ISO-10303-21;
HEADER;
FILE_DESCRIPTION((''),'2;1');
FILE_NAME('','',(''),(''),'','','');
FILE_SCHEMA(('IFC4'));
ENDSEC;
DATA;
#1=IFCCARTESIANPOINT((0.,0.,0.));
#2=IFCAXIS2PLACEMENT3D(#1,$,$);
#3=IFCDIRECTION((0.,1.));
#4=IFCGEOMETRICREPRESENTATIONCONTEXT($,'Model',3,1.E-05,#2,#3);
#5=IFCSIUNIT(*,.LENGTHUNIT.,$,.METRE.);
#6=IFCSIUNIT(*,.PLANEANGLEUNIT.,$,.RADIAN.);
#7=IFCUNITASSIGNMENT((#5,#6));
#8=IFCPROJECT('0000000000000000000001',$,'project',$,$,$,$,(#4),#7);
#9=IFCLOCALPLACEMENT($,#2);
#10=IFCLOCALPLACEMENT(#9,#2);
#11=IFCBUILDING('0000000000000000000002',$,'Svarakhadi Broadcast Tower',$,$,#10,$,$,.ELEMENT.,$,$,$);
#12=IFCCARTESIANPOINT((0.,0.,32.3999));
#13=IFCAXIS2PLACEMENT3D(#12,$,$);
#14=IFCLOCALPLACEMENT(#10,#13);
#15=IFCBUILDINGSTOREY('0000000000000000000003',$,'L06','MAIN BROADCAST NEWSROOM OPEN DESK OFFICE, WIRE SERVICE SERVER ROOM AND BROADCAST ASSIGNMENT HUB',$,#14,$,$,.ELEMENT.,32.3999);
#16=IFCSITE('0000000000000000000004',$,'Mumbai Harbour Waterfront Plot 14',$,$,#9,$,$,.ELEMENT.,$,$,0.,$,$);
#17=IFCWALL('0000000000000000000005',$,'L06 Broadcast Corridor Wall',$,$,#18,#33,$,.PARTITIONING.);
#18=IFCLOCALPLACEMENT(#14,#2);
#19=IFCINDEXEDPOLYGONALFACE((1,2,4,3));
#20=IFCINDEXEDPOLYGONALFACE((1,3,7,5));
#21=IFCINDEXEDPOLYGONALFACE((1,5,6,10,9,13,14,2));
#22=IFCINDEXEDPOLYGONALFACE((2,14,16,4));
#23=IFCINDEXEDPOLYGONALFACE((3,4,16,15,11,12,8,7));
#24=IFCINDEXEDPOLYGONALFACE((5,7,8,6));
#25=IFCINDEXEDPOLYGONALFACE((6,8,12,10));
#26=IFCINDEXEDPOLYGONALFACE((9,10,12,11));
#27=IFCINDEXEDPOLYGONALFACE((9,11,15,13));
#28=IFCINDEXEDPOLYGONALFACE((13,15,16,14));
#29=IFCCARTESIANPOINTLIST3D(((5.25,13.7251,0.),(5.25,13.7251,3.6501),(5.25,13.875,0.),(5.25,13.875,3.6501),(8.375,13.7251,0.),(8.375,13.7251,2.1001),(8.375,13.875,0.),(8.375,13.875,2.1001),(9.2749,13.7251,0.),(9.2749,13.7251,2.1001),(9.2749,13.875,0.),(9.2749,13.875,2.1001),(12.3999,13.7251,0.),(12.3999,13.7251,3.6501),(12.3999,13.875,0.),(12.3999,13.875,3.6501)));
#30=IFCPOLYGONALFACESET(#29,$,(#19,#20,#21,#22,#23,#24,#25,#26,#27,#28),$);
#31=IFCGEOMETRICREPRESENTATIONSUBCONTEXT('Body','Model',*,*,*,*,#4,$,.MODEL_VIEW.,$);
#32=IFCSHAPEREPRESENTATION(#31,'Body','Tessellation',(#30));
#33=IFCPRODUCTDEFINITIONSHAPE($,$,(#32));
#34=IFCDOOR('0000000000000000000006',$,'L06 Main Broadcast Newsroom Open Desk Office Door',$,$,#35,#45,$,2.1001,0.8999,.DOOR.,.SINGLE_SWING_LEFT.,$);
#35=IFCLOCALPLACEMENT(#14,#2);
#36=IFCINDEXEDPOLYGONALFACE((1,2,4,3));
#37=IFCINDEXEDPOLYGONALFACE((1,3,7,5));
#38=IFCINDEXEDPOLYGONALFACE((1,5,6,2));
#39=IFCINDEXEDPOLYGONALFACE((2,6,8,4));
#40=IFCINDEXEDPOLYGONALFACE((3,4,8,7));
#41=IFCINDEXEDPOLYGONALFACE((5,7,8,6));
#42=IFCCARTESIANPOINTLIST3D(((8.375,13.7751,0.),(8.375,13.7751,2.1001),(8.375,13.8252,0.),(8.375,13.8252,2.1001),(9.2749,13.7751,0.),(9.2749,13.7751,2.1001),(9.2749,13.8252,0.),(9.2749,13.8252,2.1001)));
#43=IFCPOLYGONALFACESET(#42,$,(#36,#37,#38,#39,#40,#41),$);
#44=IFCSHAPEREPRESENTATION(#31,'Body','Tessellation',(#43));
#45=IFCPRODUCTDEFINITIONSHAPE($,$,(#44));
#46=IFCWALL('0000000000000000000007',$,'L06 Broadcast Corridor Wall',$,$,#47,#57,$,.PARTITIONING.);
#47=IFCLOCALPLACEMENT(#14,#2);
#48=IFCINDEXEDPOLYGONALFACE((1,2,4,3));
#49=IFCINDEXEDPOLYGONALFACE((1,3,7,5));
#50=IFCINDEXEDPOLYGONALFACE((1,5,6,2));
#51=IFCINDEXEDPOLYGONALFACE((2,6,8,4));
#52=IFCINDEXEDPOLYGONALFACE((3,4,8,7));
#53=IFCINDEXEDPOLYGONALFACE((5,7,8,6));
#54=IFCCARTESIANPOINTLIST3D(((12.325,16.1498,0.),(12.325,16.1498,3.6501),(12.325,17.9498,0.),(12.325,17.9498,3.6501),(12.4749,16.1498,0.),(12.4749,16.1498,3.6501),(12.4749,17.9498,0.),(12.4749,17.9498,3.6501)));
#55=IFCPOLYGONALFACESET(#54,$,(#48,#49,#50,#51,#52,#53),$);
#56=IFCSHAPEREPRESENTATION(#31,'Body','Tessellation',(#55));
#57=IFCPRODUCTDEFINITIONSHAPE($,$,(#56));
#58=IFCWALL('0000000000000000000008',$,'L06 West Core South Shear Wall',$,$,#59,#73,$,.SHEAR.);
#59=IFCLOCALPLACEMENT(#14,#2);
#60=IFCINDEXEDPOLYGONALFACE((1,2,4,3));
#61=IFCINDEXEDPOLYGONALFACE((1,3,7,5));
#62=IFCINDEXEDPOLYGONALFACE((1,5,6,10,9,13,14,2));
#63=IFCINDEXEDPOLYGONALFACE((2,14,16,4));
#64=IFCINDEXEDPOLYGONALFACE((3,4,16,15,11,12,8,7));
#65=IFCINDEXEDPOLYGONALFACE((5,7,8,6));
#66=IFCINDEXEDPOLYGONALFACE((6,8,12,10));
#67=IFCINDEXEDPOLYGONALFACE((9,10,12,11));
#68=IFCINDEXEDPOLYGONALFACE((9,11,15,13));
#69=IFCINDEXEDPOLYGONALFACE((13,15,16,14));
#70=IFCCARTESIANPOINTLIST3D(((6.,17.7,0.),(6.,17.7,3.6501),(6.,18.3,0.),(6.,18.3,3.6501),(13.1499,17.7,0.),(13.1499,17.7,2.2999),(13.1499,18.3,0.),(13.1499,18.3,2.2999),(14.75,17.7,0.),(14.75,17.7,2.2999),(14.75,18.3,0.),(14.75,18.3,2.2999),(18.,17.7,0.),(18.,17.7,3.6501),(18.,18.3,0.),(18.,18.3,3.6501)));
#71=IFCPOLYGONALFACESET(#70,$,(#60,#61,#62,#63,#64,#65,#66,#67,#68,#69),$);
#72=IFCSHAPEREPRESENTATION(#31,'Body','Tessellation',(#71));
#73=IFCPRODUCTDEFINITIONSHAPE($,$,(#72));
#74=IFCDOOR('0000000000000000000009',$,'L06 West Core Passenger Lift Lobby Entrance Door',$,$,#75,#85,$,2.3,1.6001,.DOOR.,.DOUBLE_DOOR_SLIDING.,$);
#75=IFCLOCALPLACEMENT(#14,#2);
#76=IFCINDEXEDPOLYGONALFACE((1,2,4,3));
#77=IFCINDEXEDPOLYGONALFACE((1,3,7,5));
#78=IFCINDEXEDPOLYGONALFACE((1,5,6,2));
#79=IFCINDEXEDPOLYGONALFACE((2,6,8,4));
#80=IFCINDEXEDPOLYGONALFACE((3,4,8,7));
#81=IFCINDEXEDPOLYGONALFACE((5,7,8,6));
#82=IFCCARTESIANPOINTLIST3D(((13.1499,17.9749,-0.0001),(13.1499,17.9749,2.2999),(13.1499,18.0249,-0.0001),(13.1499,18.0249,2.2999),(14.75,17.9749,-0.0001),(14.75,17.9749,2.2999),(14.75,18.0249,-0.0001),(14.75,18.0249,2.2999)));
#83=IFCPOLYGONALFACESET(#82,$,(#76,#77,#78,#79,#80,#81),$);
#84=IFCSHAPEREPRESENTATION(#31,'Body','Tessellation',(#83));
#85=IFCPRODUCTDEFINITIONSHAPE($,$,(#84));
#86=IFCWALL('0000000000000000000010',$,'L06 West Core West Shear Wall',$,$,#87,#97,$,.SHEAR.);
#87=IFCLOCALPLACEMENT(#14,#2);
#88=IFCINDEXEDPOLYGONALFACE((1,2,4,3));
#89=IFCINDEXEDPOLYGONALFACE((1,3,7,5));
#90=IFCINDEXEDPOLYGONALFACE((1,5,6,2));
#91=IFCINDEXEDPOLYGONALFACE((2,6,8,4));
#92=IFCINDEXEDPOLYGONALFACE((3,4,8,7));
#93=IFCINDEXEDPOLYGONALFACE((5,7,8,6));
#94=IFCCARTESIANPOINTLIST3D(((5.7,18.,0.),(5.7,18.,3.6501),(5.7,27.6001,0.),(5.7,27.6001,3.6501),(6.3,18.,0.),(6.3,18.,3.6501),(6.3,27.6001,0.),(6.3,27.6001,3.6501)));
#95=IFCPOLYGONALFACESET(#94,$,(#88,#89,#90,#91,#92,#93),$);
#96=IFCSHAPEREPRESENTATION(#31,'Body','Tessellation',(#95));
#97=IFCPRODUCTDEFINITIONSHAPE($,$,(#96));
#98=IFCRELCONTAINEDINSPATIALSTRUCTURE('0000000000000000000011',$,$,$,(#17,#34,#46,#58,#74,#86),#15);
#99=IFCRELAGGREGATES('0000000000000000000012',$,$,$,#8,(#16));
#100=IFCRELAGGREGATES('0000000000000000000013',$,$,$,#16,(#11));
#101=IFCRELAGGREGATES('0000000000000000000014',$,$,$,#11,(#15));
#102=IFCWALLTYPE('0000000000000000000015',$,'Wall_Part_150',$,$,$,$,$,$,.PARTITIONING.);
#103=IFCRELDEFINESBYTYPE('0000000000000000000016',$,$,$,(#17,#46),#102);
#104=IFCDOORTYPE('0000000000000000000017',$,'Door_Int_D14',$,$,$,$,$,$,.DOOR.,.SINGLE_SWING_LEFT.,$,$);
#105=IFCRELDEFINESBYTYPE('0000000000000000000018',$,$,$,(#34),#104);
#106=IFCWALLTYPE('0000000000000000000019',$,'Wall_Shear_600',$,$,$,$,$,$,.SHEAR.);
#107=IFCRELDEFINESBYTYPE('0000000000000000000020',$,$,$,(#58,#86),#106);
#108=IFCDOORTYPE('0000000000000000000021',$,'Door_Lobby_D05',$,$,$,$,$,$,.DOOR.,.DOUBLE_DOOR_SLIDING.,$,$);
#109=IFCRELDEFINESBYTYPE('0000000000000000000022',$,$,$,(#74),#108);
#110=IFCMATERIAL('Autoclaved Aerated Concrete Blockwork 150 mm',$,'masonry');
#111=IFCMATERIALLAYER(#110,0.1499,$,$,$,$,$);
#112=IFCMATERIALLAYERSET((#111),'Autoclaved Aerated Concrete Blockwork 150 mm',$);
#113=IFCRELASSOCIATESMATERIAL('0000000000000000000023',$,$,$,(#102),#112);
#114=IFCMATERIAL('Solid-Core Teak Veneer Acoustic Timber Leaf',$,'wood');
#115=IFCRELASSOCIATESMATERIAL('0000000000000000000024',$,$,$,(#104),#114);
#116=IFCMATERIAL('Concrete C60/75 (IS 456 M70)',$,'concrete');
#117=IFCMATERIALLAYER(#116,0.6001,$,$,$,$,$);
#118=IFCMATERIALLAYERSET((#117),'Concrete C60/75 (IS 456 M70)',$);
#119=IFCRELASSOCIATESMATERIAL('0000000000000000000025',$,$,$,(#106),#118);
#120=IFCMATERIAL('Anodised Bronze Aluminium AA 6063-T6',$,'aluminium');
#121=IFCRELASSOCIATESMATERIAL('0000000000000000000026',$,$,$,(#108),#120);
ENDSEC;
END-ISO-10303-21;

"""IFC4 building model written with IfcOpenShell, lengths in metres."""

from ifc_helpers import new_model, si_unit, direction, frame, frame_2d, origin, place, context, subcontext, project, spatial, rectangle, extrude, material, layer, layer_set, type_object, element, fill, save


model = new_model("IFC4")

# Units and contexts
model_context = context("Model", 3, precision=1e-05, world=origin(), true_north=direction((0.0, 1.0)))
body_context = subcontext(model_context, "Body", "Model", "MODEL_VIEW")
ifc_project = project(units=[si_unit("LENGTHUNIT", "METRE"), si_unit("PLANEANGLEUNIT", "RADIAN")], contexts=[model_context])

# Site, building, storey
site_placement = place(None, origin())
site = spatial("IfcSite", under=ifc_project, at=site_placement, Name="Mumbai Harbour Waterfront Plot 14", CompositionType="ELEMENT", RefElevation=0.0)
building_placement = place(site_placement, origin())
building = spatial("IfcBuilding", under=site, at=building_placement, Name="Svarakhadi Broadcast Tower", CompositionType="ELEMENT")
storey_placement = place(building_placement, frame((0.0, 0.0, 32.3999)))
storey = spatial("IfcBuildingStorey", under=building, at=storey_placement, Name="L06", Description="MAIN BROADCAST NEWSROOM OPEN DESK OFFICE, WIRE SERVICE SERVER ROOM AND BROADCAST ASSIGNMENT HUB", CompositionType="ELEMENT", Elevation=32.3999)

# Shared definitions
ifc_material_1 = material(Name="Concrete C60/75 (IS 456 M70)", Category="concrete")

# Wall, opening, door
ifc_material_2 = material(Name="Autoclaved Aerated Concrete Blockwork 150 mm", Category="masonry")
ifc_layer_1 = layer(ifc_material_2, 0.1499)
ifc_layer_set_1 = layer_set([ifc_layer_1], Name="Autoclaved Aerated Concrete Blockwork 150 mm")
wall_type_1 = type_object("IfcWallType", Name="Wall_Part_150", PredefinedType="PARTITIONING", material=ifc_layer_set_1)
wall_1_placement = place(storey_placement, frame((12.3999, 13.8, 0.0), z_axis=(0.0, 0.0, 1.0), x_axis=(-1.0, 0.0, 0.0)))
wall_1 = element("IfcWall", 1, at=wall_1_placement, inside=storey, type_object=wall_type_1, Name="L06 Broadcast Corridor Wall", PredefinedType="PARTITIONING", context=body_context, shape_type="SweptSolid", body=[
    extrude(rectangle(XDim=7.1499, YDim=0.1499, at=frame_2d((3.575, 0.0))), origin(), (0.0, 0.0, 1.0), 3.6501),
])
opening_1_placement = place(wall_1_placement, frame((3.125, 0.0, 0.0)))
opening_1 = element("IfcOpeningElement", 2, at=opening_1_placement, cuts=wall_1, PredefinedType="OPENING", context=body_context, shape_type="SweptSolid", body=[
    extrude(rectangle(XDim=0.8999, YDim=2.1001, at=frame_2d((0.45, 1.05))), frame((0.0, 0.085, 0.0), z_axis=(0.0, -1.0, 0.0), x_axis=(1.0, 0.0, 0.0)), (0.0, 0.0, 1.0), 0.1699),
])
ifc_material_3 = material(Name="Solid-Core Teak Veneer Acoustic Timber Leaf", Category="wood")
door_type_1 = type_object("IfcDoorType", Name="Door_Int_D14", OperationType="SINGLE_SWING_LEFT", PredefinedType="DOOR", material=ifc_material_3)
door_1_placement = place(opening_1_placement, origin())
door_1 = element("IfcDoor", 3, at=door_1_placement, inside=storey, type_object=door_type_1, Name="L06 Main Broadcast Newsroom Open Desk Office Door", OperationType="SINGLE_SWING_LEFT", OverallHeight=2.1001, OverallWidth=0.8999, PredefinedType="DOOR", context=body_context, shape_type="SweptSolid", body=[
    extrude(rectangle(XDim=0.8999, YDim=2.1001, at=frame_2d((0.45, 1.05))), frame((0.0, 0.0249, 0.0), z_axis=(0.0, -1.0, 0.0), x_axis=(1.0, 0.0, 0.0)), (0.0, 0.0, 1.0), 0.05),
])
fill(opening_1, door_1)

# Wall
wall_2_placement = place(storey_placement, frame((12.3999, 16.1499, 0.0), z_axis=(0.0, 0.0, 1.0), x_axis=(0.0, 1.0, 0.0)))
element("IfcWall", 4, at=wall_2_placement, inside=storey, type_object=wall_type_1, Name="L06 Broadcast Corridor Wall", PredefinedType="PARTITIONING", context=body_context, shape_type="SweptSolid", body=[
    extrude(rectangle(XDim=1.8, YDim=0.1499, at=frame_2d((0.8999, 0.0))), origin(), (0.0, 0.0, 1.0), 3.6501),
])

# Wall, opening, door
ifc_layer_2 = layer(ifc_material_1, 0.6001)
ifc_layer_set_2 = layer_set([ifc_layer_2], Name="Concrete C60/75 (IS 456 M70)")
wall_type_2 = type_object("IfcWallType", Name="Wall_Shear_600", PredefinedType="SHEAR", material=ifc_layer_set_2)
wall_3_placement = place(storey_placement, frame((6.0, 18.0, 0.0), z_axis=(0.0, 0.0, 1.0), x_axis=(1.0, 0.0, 0.0)))
wall_3 = element("IfcWall", 5, at=wall_3_placement, inside=storey, type_object=wall_type_2, Name="L06 West Core South Shear Wall", PredefinedType="SHEAR", context=body_context, shape_type="SweptSolid", body=[
    extrude(rectangle(XDim=12.0, YDim=0.6001, at=frame_2d((6.0, 0.0))), origin(), (0.0, 0.0, 1.0), 3.6501),
])
opening_2_placement = place(wall_3_placement, frame((7.1499, 0.0, 0.0)))
opening_2 = element("IfcOpeningElement", 6, at=opening_2_placement, cuts=wall_3, PredefinedType="OPENING", context=body_context, shape_type="SweptSolid", body=[
    extrude(rectangle(XDim=1.6001, YDim=2.3, at=frame_2d((0.8, 1.1499))), frame((0.0, 0.3101, 0.0), z_axis=(0.0, -1.0, 0.0), x_axis=(1.0, 0.0, 0.0)), (0.0, 0.0, 1.0), 0.6201),
])
ifc_material_4 = material(Name="Anodised Bronze Aluminium AA 6063-T6", Category="aluminium")
door_type_2 = type_object("IfcDoorType", Name="Door_Lobby_D05", OperationType="DOUBLE_DOOR_SLIDING", PredefinedType="DOOR", material=ifc_material_4)
door_2_placement = place(opening_2_placement, origin())
door_2 = element("IfcDoor", 7, at=door_2_placement, inside=storey, type_object=door_type_2, Name="L06 West Core Passenger Lift Lobby Entrance Door", OperationType="DOUBLE_DOOR_SLIDING", OverallHeight=2.3, OverallWidth=1.6001, PredefinedType="DOOR", context=body_context, shape_type="SweptSolid", body=[
    extrude(rectangle(XDim=1.6001, YDim=2.3, at=frame_2d((0.8, 1.1499))), frame((0.0, 0.0249, 0.0), z_axis=(0.0, -1.0, 0.0), x_axis=(1.0, 0.0, 0.0)), (0.0, 0.0, 1.0), 0.05),
])
fill(opening_2, door_2)

# Wall
wall_4_placement = place(storey_placement, frame((6.0, 18.0, 0.0), z_axis=(0.0, 0.0, 1.0), x_axis=(0.0, 1.0, 0.0)))
element("IfcWall", 8, at=wall_4_placement, inside=storey, type_object=wall_type_2, Name="L06 West Core West Shear Wall", PredefinedType="SHEAR", context=body_context, shape_type="SweptSolid", body=[
    extrude(rectangle(XDim=9.6001, YDim=0.6001, at=frame_2d((4.8, 0.0))), origin(), (0.0, 0.0, 1.0), 3.6501),
])

save(model, "model.ifc")
